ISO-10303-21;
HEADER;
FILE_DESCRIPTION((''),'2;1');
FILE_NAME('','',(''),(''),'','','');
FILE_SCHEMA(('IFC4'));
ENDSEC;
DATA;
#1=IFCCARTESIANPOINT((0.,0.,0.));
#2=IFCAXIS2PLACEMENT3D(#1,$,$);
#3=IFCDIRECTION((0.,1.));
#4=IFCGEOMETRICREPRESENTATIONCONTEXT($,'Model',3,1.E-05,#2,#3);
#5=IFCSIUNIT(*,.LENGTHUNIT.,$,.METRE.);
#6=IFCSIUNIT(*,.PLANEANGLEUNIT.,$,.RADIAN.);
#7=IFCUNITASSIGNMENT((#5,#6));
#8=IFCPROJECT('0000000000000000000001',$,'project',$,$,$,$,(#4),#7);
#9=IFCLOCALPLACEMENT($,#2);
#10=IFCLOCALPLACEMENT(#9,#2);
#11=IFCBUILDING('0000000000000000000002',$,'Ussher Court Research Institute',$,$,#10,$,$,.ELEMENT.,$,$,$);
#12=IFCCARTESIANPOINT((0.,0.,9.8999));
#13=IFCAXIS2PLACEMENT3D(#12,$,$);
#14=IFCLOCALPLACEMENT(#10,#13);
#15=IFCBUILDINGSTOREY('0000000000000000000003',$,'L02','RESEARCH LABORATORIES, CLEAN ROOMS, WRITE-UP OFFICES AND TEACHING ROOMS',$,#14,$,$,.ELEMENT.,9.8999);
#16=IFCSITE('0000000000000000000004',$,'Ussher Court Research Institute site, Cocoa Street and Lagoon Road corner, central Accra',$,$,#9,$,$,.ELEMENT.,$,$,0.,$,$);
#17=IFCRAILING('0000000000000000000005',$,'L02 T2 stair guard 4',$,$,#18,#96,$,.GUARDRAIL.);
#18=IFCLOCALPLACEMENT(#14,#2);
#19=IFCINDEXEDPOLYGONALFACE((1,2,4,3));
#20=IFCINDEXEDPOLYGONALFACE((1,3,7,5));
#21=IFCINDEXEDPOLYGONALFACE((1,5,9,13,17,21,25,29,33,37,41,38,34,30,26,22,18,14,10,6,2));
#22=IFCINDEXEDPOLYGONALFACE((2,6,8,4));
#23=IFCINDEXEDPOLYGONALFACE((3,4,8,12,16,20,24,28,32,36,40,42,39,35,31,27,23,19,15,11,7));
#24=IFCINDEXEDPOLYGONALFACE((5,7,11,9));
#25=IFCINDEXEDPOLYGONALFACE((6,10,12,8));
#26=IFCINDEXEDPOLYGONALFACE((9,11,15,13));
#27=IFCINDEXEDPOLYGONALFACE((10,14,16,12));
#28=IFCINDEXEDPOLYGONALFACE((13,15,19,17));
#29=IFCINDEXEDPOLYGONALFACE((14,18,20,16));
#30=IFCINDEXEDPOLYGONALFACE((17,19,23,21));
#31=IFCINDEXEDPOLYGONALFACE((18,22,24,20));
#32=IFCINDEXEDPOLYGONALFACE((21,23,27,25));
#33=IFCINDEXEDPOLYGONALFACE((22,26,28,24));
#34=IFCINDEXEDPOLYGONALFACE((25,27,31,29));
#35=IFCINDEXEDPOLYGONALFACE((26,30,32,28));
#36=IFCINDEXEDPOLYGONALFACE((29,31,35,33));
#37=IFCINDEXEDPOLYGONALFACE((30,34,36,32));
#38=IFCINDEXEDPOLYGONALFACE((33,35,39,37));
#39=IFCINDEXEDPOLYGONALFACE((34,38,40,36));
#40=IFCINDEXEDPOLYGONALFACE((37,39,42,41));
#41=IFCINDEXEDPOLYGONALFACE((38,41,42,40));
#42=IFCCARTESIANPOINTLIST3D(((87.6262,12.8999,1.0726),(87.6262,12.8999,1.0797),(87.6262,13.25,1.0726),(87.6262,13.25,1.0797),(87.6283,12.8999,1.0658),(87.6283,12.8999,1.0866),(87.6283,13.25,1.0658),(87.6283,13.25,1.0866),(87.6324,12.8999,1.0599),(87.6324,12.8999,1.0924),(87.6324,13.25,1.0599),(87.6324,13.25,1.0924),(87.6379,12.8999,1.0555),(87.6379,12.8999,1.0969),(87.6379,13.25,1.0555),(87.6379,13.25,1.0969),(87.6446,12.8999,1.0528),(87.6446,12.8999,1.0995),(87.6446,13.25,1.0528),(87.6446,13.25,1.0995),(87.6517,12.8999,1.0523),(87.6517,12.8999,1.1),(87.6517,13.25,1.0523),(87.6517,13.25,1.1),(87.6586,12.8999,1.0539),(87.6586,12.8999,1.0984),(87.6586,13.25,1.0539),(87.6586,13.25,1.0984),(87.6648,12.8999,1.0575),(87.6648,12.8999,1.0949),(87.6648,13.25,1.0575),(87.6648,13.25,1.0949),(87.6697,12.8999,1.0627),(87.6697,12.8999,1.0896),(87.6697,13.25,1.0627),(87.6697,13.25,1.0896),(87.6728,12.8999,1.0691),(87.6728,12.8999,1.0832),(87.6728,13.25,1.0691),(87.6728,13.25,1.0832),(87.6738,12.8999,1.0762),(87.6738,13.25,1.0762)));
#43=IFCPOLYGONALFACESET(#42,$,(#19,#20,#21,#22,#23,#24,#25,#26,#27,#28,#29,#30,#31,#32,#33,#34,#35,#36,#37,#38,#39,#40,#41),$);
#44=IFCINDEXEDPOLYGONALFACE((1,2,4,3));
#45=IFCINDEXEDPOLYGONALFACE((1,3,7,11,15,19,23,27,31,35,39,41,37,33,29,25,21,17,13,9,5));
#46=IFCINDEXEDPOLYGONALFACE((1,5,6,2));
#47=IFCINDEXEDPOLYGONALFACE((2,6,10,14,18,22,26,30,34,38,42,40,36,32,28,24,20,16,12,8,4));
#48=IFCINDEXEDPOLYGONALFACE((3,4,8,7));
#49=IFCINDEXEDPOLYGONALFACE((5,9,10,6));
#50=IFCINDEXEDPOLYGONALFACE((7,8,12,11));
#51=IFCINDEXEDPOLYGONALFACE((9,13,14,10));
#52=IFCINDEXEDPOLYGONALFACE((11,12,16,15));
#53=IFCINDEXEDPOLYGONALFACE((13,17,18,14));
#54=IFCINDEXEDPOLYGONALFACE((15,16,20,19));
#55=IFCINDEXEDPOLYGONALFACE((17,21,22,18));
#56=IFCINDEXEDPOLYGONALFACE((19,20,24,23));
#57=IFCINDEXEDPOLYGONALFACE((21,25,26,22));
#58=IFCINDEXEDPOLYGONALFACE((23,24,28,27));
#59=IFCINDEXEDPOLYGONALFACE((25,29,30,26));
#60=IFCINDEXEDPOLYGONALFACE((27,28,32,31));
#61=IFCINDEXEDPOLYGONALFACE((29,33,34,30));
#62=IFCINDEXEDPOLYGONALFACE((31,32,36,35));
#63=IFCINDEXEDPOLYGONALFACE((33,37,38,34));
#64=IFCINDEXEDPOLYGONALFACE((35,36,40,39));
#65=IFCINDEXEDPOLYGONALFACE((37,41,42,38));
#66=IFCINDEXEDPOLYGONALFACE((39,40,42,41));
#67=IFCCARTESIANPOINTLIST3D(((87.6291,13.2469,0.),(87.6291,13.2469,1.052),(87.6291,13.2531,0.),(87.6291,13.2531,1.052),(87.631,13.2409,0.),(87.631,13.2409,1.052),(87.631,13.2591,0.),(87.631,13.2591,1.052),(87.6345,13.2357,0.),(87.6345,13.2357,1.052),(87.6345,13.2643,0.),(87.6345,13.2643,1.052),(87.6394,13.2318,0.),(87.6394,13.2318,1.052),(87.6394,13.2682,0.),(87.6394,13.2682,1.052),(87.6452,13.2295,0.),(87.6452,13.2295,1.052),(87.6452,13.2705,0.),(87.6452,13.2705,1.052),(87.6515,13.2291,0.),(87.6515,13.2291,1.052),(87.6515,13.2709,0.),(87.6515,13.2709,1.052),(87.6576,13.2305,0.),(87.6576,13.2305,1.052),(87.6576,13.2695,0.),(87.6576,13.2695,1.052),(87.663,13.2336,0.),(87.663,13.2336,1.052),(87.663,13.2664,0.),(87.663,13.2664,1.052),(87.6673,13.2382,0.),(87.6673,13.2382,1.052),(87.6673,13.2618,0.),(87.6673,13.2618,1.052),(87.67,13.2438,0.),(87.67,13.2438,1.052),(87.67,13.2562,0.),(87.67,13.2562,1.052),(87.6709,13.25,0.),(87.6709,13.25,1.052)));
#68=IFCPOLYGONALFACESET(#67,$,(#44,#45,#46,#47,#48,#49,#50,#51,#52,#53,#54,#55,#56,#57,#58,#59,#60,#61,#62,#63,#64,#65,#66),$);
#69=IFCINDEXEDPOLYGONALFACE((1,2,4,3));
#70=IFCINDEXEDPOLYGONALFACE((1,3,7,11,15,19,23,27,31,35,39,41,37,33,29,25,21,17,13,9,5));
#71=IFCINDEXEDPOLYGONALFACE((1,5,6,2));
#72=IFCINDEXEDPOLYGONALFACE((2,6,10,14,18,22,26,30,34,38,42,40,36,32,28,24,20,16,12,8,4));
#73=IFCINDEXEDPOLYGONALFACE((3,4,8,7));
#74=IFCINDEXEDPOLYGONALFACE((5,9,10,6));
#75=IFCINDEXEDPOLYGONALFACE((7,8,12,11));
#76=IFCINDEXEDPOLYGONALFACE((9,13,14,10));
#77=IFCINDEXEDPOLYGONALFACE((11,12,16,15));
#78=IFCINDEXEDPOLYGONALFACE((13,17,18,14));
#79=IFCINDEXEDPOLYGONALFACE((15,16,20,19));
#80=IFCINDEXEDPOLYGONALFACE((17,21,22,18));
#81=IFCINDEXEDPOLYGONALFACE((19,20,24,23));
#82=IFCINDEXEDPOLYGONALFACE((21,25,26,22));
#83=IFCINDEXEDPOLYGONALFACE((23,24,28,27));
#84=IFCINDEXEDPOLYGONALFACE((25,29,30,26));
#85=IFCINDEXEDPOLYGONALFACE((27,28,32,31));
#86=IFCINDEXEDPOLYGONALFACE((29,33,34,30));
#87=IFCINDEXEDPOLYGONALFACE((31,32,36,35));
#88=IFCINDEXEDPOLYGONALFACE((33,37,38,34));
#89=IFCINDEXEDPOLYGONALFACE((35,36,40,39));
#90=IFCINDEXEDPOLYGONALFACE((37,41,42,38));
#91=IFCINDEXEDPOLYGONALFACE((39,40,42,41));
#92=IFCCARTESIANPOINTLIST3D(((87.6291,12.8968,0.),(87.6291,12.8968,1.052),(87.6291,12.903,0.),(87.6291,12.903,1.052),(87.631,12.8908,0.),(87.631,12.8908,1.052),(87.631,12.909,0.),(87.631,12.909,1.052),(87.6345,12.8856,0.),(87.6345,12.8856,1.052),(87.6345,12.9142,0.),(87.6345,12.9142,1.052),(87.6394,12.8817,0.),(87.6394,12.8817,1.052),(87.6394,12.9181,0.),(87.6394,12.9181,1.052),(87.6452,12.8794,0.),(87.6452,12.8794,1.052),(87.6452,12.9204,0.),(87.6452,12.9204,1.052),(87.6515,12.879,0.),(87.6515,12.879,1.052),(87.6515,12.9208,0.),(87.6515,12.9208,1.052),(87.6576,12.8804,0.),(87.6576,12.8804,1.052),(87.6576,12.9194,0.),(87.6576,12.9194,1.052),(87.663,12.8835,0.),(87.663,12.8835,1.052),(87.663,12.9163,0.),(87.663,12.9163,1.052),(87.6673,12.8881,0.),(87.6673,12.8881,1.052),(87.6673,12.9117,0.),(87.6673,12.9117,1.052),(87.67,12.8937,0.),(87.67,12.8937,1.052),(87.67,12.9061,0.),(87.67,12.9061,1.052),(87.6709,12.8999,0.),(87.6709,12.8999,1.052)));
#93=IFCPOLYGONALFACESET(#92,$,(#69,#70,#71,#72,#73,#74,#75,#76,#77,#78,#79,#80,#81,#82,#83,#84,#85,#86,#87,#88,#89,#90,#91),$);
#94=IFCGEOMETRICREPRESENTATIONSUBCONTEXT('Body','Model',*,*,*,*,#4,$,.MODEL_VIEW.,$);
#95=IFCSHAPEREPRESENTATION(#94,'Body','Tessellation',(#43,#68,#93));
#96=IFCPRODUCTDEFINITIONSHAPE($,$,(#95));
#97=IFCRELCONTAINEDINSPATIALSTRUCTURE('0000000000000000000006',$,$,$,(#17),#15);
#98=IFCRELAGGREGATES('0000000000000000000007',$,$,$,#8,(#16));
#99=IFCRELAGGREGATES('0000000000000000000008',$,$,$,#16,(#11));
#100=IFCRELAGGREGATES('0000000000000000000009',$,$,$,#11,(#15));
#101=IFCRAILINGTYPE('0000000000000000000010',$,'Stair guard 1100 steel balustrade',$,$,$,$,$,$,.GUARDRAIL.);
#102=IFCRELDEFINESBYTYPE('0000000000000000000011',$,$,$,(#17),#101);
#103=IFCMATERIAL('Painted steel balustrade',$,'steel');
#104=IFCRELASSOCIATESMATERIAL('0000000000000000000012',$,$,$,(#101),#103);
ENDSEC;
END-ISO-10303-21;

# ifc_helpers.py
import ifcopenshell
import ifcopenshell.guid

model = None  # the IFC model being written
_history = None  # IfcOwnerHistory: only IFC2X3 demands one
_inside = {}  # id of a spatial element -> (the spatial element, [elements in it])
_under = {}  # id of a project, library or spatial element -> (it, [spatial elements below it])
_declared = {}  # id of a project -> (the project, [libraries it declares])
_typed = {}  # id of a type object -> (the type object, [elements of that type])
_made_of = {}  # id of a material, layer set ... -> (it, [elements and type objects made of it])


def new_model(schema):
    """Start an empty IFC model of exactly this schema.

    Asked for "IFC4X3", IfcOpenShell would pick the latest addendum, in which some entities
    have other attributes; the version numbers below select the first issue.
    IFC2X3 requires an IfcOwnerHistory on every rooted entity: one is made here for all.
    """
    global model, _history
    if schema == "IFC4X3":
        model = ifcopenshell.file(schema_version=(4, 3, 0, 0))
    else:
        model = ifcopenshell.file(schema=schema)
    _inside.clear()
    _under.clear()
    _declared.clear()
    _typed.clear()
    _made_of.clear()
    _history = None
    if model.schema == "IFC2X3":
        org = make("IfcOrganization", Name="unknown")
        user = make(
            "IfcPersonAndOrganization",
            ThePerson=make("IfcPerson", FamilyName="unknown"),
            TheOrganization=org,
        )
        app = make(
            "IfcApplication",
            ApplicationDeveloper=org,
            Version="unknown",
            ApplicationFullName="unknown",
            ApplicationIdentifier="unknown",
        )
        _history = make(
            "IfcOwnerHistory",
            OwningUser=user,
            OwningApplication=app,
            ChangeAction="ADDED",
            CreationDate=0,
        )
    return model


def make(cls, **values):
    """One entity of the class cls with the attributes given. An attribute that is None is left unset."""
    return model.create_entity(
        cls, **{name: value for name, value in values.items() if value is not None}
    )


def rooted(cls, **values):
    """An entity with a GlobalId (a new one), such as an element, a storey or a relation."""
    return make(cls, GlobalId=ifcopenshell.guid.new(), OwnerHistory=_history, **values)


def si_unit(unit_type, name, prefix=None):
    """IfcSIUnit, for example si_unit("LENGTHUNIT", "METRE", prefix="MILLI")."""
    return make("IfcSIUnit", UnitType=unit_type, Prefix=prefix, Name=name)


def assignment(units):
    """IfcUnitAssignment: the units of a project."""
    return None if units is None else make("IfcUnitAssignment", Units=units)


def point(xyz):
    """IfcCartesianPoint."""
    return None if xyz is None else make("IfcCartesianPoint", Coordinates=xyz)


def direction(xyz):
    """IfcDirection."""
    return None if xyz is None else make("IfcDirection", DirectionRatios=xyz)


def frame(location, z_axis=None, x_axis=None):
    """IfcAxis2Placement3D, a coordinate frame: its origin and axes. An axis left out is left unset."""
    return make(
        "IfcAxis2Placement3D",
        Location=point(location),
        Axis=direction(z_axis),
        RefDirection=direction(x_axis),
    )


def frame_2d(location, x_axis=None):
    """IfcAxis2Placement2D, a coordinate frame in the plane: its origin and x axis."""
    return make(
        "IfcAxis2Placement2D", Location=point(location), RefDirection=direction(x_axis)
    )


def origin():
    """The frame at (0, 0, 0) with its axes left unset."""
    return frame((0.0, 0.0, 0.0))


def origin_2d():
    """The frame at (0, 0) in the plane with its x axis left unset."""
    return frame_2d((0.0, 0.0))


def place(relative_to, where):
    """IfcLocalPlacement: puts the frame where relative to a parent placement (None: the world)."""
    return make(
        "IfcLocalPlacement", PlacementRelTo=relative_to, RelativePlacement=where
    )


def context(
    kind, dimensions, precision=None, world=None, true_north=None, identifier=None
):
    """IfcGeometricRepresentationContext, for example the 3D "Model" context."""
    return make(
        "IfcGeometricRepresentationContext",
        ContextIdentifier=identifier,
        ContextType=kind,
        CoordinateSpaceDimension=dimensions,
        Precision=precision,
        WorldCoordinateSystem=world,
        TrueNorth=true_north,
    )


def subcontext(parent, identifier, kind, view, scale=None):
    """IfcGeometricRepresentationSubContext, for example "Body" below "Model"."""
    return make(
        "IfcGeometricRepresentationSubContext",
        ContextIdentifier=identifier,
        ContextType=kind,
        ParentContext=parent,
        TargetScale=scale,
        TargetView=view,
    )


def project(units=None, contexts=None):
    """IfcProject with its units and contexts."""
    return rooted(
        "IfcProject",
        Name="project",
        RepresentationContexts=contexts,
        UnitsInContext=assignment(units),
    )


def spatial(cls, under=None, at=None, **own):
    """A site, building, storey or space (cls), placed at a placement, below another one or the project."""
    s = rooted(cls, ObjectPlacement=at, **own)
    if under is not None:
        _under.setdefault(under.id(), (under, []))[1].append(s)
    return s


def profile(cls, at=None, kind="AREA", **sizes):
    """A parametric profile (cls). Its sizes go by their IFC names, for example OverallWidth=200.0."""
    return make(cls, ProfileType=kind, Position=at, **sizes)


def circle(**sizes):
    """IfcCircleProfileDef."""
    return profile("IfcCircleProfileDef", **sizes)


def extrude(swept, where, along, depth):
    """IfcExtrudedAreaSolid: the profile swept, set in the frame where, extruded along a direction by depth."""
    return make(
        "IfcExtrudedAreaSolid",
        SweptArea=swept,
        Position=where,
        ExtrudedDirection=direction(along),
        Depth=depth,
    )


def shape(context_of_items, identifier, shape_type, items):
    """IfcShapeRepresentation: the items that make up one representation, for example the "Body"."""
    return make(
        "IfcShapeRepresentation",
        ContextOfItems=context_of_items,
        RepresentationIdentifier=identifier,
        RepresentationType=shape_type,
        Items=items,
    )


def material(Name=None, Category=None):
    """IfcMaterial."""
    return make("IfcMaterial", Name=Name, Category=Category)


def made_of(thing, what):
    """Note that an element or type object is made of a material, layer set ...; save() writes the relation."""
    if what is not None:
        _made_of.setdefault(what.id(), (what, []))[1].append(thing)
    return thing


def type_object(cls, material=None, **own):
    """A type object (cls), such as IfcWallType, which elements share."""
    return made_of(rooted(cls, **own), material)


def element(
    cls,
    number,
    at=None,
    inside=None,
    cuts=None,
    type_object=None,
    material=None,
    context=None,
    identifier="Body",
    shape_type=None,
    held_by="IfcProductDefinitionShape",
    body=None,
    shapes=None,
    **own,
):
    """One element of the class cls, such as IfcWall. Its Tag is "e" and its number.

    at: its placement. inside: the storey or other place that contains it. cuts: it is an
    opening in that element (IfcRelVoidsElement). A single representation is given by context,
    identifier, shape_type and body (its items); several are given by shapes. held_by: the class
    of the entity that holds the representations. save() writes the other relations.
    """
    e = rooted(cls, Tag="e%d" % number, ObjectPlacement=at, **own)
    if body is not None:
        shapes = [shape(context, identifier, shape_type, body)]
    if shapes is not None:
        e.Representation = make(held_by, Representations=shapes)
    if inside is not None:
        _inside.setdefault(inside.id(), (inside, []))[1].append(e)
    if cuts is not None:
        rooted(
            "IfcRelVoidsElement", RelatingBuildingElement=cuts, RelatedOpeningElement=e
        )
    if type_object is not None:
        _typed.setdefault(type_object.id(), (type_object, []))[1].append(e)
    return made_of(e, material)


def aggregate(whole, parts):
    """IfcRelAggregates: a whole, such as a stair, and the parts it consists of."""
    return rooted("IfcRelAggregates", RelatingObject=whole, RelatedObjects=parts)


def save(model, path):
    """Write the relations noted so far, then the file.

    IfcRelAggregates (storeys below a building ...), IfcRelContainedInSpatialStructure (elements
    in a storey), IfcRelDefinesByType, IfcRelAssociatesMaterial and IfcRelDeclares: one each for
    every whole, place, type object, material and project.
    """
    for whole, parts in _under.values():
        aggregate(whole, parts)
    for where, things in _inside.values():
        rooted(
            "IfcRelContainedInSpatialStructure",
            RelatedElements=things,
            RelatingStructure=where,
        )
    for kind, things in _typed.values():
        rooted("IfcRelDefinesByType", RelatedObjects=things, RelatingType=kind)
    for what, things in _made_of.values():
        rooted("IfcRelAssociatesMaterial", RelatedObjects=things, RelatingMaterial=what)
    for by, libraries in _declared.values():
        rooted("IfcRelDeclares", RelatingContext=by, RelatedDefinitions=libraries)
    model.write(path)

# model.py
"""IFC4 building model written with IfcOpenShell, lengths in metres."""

from ifc_helpers import new_model, si_unit, direction, frame, origin, origin_2d, place, context, subcontext, project, spatial, circle, extrude, material, type_object, element, save


model = new_model("IFC4")

# Units and contexts
model_context = context("Model", 3, precision=1e-05, world=origin(), true_north=direction((0.0, 1.0)))
body_context = subcontext(model_context, "Body", "Model", "MODEL_VIEW")
ifc_project = project(units=[si_unit("LENGTHUNIT", "METRE"), si_unit("PLANEANGLEUNIT", "RADIAN")], contexts=[model_context])

# Site, building, storey
site_placement = place(None, origin())
site = spatial("IfcSite", under=ifc_project, at=site_placement, Name="Ussher Court Research Institute site, Cocoa Street and Lagoon Road corner, central Accra", CompositionType="ELEMENT", RefElevation=0.0)
building_placement = place(site_placement, origin())
building = spatial("IfcBuilding", under=site, at=building_placement, Name="Ussher Court Research Institute", CompositionType="ELEMENT")
storey_placement = place(building_placement, frame((0.0, 0.0, 9.8999)))
storey = spatial("IfcBuildingStorey", under=building, at=storey_placement, Name="L02", Description="RESEARCH LABORATORIES, CLEAN ROOMS, WRITE-UP OFFICES AND TEACHING ROOMS", CompositionType="ELEMENT", Elevation=9.8999)

# Railing
ifc_material_1 = material(Name="Painted steel balustrade", Category="steel")
railing_type_1 = type_object("IfcRailingType", Name="Stair guard 1100 steel balustrade", PredefinedType="GUARDRAIL", material=ifc_material_1)
railing_1_placement = place(storey_placement, frame((87.6499, 13.25, 0.0)))
element("IfcRailing", 1, at=railing_1_placement, inside=storey, type_object=railing_type_1, Name="L02 T2 stair guard 4", PredefinedType="GUARDRAIL", context=body_context, shape_type="SweptSolid", body=[
    extrude(circle(Radius=0.0239, at=origin_2d()), frame((0.0, 0.0, 1.0762), z_axis=(0.0, -1.0, 0.0), x_axis=(1.0, 0.0, 0.0)), (0.0, 0.0, 1.0), 0.3501),
    extrude(circle(Radius=0.021, at=origin_2d()), origin(), (0.0, 0.0, 1.0), 1.052),
    extrude(circle(Radius=0.021, at=origin_2d()), frame((0.0, -0.3501, 0.0)), (0.0, 0.0, 1.0), 1.052),
])

save(model, "model.ifc")
